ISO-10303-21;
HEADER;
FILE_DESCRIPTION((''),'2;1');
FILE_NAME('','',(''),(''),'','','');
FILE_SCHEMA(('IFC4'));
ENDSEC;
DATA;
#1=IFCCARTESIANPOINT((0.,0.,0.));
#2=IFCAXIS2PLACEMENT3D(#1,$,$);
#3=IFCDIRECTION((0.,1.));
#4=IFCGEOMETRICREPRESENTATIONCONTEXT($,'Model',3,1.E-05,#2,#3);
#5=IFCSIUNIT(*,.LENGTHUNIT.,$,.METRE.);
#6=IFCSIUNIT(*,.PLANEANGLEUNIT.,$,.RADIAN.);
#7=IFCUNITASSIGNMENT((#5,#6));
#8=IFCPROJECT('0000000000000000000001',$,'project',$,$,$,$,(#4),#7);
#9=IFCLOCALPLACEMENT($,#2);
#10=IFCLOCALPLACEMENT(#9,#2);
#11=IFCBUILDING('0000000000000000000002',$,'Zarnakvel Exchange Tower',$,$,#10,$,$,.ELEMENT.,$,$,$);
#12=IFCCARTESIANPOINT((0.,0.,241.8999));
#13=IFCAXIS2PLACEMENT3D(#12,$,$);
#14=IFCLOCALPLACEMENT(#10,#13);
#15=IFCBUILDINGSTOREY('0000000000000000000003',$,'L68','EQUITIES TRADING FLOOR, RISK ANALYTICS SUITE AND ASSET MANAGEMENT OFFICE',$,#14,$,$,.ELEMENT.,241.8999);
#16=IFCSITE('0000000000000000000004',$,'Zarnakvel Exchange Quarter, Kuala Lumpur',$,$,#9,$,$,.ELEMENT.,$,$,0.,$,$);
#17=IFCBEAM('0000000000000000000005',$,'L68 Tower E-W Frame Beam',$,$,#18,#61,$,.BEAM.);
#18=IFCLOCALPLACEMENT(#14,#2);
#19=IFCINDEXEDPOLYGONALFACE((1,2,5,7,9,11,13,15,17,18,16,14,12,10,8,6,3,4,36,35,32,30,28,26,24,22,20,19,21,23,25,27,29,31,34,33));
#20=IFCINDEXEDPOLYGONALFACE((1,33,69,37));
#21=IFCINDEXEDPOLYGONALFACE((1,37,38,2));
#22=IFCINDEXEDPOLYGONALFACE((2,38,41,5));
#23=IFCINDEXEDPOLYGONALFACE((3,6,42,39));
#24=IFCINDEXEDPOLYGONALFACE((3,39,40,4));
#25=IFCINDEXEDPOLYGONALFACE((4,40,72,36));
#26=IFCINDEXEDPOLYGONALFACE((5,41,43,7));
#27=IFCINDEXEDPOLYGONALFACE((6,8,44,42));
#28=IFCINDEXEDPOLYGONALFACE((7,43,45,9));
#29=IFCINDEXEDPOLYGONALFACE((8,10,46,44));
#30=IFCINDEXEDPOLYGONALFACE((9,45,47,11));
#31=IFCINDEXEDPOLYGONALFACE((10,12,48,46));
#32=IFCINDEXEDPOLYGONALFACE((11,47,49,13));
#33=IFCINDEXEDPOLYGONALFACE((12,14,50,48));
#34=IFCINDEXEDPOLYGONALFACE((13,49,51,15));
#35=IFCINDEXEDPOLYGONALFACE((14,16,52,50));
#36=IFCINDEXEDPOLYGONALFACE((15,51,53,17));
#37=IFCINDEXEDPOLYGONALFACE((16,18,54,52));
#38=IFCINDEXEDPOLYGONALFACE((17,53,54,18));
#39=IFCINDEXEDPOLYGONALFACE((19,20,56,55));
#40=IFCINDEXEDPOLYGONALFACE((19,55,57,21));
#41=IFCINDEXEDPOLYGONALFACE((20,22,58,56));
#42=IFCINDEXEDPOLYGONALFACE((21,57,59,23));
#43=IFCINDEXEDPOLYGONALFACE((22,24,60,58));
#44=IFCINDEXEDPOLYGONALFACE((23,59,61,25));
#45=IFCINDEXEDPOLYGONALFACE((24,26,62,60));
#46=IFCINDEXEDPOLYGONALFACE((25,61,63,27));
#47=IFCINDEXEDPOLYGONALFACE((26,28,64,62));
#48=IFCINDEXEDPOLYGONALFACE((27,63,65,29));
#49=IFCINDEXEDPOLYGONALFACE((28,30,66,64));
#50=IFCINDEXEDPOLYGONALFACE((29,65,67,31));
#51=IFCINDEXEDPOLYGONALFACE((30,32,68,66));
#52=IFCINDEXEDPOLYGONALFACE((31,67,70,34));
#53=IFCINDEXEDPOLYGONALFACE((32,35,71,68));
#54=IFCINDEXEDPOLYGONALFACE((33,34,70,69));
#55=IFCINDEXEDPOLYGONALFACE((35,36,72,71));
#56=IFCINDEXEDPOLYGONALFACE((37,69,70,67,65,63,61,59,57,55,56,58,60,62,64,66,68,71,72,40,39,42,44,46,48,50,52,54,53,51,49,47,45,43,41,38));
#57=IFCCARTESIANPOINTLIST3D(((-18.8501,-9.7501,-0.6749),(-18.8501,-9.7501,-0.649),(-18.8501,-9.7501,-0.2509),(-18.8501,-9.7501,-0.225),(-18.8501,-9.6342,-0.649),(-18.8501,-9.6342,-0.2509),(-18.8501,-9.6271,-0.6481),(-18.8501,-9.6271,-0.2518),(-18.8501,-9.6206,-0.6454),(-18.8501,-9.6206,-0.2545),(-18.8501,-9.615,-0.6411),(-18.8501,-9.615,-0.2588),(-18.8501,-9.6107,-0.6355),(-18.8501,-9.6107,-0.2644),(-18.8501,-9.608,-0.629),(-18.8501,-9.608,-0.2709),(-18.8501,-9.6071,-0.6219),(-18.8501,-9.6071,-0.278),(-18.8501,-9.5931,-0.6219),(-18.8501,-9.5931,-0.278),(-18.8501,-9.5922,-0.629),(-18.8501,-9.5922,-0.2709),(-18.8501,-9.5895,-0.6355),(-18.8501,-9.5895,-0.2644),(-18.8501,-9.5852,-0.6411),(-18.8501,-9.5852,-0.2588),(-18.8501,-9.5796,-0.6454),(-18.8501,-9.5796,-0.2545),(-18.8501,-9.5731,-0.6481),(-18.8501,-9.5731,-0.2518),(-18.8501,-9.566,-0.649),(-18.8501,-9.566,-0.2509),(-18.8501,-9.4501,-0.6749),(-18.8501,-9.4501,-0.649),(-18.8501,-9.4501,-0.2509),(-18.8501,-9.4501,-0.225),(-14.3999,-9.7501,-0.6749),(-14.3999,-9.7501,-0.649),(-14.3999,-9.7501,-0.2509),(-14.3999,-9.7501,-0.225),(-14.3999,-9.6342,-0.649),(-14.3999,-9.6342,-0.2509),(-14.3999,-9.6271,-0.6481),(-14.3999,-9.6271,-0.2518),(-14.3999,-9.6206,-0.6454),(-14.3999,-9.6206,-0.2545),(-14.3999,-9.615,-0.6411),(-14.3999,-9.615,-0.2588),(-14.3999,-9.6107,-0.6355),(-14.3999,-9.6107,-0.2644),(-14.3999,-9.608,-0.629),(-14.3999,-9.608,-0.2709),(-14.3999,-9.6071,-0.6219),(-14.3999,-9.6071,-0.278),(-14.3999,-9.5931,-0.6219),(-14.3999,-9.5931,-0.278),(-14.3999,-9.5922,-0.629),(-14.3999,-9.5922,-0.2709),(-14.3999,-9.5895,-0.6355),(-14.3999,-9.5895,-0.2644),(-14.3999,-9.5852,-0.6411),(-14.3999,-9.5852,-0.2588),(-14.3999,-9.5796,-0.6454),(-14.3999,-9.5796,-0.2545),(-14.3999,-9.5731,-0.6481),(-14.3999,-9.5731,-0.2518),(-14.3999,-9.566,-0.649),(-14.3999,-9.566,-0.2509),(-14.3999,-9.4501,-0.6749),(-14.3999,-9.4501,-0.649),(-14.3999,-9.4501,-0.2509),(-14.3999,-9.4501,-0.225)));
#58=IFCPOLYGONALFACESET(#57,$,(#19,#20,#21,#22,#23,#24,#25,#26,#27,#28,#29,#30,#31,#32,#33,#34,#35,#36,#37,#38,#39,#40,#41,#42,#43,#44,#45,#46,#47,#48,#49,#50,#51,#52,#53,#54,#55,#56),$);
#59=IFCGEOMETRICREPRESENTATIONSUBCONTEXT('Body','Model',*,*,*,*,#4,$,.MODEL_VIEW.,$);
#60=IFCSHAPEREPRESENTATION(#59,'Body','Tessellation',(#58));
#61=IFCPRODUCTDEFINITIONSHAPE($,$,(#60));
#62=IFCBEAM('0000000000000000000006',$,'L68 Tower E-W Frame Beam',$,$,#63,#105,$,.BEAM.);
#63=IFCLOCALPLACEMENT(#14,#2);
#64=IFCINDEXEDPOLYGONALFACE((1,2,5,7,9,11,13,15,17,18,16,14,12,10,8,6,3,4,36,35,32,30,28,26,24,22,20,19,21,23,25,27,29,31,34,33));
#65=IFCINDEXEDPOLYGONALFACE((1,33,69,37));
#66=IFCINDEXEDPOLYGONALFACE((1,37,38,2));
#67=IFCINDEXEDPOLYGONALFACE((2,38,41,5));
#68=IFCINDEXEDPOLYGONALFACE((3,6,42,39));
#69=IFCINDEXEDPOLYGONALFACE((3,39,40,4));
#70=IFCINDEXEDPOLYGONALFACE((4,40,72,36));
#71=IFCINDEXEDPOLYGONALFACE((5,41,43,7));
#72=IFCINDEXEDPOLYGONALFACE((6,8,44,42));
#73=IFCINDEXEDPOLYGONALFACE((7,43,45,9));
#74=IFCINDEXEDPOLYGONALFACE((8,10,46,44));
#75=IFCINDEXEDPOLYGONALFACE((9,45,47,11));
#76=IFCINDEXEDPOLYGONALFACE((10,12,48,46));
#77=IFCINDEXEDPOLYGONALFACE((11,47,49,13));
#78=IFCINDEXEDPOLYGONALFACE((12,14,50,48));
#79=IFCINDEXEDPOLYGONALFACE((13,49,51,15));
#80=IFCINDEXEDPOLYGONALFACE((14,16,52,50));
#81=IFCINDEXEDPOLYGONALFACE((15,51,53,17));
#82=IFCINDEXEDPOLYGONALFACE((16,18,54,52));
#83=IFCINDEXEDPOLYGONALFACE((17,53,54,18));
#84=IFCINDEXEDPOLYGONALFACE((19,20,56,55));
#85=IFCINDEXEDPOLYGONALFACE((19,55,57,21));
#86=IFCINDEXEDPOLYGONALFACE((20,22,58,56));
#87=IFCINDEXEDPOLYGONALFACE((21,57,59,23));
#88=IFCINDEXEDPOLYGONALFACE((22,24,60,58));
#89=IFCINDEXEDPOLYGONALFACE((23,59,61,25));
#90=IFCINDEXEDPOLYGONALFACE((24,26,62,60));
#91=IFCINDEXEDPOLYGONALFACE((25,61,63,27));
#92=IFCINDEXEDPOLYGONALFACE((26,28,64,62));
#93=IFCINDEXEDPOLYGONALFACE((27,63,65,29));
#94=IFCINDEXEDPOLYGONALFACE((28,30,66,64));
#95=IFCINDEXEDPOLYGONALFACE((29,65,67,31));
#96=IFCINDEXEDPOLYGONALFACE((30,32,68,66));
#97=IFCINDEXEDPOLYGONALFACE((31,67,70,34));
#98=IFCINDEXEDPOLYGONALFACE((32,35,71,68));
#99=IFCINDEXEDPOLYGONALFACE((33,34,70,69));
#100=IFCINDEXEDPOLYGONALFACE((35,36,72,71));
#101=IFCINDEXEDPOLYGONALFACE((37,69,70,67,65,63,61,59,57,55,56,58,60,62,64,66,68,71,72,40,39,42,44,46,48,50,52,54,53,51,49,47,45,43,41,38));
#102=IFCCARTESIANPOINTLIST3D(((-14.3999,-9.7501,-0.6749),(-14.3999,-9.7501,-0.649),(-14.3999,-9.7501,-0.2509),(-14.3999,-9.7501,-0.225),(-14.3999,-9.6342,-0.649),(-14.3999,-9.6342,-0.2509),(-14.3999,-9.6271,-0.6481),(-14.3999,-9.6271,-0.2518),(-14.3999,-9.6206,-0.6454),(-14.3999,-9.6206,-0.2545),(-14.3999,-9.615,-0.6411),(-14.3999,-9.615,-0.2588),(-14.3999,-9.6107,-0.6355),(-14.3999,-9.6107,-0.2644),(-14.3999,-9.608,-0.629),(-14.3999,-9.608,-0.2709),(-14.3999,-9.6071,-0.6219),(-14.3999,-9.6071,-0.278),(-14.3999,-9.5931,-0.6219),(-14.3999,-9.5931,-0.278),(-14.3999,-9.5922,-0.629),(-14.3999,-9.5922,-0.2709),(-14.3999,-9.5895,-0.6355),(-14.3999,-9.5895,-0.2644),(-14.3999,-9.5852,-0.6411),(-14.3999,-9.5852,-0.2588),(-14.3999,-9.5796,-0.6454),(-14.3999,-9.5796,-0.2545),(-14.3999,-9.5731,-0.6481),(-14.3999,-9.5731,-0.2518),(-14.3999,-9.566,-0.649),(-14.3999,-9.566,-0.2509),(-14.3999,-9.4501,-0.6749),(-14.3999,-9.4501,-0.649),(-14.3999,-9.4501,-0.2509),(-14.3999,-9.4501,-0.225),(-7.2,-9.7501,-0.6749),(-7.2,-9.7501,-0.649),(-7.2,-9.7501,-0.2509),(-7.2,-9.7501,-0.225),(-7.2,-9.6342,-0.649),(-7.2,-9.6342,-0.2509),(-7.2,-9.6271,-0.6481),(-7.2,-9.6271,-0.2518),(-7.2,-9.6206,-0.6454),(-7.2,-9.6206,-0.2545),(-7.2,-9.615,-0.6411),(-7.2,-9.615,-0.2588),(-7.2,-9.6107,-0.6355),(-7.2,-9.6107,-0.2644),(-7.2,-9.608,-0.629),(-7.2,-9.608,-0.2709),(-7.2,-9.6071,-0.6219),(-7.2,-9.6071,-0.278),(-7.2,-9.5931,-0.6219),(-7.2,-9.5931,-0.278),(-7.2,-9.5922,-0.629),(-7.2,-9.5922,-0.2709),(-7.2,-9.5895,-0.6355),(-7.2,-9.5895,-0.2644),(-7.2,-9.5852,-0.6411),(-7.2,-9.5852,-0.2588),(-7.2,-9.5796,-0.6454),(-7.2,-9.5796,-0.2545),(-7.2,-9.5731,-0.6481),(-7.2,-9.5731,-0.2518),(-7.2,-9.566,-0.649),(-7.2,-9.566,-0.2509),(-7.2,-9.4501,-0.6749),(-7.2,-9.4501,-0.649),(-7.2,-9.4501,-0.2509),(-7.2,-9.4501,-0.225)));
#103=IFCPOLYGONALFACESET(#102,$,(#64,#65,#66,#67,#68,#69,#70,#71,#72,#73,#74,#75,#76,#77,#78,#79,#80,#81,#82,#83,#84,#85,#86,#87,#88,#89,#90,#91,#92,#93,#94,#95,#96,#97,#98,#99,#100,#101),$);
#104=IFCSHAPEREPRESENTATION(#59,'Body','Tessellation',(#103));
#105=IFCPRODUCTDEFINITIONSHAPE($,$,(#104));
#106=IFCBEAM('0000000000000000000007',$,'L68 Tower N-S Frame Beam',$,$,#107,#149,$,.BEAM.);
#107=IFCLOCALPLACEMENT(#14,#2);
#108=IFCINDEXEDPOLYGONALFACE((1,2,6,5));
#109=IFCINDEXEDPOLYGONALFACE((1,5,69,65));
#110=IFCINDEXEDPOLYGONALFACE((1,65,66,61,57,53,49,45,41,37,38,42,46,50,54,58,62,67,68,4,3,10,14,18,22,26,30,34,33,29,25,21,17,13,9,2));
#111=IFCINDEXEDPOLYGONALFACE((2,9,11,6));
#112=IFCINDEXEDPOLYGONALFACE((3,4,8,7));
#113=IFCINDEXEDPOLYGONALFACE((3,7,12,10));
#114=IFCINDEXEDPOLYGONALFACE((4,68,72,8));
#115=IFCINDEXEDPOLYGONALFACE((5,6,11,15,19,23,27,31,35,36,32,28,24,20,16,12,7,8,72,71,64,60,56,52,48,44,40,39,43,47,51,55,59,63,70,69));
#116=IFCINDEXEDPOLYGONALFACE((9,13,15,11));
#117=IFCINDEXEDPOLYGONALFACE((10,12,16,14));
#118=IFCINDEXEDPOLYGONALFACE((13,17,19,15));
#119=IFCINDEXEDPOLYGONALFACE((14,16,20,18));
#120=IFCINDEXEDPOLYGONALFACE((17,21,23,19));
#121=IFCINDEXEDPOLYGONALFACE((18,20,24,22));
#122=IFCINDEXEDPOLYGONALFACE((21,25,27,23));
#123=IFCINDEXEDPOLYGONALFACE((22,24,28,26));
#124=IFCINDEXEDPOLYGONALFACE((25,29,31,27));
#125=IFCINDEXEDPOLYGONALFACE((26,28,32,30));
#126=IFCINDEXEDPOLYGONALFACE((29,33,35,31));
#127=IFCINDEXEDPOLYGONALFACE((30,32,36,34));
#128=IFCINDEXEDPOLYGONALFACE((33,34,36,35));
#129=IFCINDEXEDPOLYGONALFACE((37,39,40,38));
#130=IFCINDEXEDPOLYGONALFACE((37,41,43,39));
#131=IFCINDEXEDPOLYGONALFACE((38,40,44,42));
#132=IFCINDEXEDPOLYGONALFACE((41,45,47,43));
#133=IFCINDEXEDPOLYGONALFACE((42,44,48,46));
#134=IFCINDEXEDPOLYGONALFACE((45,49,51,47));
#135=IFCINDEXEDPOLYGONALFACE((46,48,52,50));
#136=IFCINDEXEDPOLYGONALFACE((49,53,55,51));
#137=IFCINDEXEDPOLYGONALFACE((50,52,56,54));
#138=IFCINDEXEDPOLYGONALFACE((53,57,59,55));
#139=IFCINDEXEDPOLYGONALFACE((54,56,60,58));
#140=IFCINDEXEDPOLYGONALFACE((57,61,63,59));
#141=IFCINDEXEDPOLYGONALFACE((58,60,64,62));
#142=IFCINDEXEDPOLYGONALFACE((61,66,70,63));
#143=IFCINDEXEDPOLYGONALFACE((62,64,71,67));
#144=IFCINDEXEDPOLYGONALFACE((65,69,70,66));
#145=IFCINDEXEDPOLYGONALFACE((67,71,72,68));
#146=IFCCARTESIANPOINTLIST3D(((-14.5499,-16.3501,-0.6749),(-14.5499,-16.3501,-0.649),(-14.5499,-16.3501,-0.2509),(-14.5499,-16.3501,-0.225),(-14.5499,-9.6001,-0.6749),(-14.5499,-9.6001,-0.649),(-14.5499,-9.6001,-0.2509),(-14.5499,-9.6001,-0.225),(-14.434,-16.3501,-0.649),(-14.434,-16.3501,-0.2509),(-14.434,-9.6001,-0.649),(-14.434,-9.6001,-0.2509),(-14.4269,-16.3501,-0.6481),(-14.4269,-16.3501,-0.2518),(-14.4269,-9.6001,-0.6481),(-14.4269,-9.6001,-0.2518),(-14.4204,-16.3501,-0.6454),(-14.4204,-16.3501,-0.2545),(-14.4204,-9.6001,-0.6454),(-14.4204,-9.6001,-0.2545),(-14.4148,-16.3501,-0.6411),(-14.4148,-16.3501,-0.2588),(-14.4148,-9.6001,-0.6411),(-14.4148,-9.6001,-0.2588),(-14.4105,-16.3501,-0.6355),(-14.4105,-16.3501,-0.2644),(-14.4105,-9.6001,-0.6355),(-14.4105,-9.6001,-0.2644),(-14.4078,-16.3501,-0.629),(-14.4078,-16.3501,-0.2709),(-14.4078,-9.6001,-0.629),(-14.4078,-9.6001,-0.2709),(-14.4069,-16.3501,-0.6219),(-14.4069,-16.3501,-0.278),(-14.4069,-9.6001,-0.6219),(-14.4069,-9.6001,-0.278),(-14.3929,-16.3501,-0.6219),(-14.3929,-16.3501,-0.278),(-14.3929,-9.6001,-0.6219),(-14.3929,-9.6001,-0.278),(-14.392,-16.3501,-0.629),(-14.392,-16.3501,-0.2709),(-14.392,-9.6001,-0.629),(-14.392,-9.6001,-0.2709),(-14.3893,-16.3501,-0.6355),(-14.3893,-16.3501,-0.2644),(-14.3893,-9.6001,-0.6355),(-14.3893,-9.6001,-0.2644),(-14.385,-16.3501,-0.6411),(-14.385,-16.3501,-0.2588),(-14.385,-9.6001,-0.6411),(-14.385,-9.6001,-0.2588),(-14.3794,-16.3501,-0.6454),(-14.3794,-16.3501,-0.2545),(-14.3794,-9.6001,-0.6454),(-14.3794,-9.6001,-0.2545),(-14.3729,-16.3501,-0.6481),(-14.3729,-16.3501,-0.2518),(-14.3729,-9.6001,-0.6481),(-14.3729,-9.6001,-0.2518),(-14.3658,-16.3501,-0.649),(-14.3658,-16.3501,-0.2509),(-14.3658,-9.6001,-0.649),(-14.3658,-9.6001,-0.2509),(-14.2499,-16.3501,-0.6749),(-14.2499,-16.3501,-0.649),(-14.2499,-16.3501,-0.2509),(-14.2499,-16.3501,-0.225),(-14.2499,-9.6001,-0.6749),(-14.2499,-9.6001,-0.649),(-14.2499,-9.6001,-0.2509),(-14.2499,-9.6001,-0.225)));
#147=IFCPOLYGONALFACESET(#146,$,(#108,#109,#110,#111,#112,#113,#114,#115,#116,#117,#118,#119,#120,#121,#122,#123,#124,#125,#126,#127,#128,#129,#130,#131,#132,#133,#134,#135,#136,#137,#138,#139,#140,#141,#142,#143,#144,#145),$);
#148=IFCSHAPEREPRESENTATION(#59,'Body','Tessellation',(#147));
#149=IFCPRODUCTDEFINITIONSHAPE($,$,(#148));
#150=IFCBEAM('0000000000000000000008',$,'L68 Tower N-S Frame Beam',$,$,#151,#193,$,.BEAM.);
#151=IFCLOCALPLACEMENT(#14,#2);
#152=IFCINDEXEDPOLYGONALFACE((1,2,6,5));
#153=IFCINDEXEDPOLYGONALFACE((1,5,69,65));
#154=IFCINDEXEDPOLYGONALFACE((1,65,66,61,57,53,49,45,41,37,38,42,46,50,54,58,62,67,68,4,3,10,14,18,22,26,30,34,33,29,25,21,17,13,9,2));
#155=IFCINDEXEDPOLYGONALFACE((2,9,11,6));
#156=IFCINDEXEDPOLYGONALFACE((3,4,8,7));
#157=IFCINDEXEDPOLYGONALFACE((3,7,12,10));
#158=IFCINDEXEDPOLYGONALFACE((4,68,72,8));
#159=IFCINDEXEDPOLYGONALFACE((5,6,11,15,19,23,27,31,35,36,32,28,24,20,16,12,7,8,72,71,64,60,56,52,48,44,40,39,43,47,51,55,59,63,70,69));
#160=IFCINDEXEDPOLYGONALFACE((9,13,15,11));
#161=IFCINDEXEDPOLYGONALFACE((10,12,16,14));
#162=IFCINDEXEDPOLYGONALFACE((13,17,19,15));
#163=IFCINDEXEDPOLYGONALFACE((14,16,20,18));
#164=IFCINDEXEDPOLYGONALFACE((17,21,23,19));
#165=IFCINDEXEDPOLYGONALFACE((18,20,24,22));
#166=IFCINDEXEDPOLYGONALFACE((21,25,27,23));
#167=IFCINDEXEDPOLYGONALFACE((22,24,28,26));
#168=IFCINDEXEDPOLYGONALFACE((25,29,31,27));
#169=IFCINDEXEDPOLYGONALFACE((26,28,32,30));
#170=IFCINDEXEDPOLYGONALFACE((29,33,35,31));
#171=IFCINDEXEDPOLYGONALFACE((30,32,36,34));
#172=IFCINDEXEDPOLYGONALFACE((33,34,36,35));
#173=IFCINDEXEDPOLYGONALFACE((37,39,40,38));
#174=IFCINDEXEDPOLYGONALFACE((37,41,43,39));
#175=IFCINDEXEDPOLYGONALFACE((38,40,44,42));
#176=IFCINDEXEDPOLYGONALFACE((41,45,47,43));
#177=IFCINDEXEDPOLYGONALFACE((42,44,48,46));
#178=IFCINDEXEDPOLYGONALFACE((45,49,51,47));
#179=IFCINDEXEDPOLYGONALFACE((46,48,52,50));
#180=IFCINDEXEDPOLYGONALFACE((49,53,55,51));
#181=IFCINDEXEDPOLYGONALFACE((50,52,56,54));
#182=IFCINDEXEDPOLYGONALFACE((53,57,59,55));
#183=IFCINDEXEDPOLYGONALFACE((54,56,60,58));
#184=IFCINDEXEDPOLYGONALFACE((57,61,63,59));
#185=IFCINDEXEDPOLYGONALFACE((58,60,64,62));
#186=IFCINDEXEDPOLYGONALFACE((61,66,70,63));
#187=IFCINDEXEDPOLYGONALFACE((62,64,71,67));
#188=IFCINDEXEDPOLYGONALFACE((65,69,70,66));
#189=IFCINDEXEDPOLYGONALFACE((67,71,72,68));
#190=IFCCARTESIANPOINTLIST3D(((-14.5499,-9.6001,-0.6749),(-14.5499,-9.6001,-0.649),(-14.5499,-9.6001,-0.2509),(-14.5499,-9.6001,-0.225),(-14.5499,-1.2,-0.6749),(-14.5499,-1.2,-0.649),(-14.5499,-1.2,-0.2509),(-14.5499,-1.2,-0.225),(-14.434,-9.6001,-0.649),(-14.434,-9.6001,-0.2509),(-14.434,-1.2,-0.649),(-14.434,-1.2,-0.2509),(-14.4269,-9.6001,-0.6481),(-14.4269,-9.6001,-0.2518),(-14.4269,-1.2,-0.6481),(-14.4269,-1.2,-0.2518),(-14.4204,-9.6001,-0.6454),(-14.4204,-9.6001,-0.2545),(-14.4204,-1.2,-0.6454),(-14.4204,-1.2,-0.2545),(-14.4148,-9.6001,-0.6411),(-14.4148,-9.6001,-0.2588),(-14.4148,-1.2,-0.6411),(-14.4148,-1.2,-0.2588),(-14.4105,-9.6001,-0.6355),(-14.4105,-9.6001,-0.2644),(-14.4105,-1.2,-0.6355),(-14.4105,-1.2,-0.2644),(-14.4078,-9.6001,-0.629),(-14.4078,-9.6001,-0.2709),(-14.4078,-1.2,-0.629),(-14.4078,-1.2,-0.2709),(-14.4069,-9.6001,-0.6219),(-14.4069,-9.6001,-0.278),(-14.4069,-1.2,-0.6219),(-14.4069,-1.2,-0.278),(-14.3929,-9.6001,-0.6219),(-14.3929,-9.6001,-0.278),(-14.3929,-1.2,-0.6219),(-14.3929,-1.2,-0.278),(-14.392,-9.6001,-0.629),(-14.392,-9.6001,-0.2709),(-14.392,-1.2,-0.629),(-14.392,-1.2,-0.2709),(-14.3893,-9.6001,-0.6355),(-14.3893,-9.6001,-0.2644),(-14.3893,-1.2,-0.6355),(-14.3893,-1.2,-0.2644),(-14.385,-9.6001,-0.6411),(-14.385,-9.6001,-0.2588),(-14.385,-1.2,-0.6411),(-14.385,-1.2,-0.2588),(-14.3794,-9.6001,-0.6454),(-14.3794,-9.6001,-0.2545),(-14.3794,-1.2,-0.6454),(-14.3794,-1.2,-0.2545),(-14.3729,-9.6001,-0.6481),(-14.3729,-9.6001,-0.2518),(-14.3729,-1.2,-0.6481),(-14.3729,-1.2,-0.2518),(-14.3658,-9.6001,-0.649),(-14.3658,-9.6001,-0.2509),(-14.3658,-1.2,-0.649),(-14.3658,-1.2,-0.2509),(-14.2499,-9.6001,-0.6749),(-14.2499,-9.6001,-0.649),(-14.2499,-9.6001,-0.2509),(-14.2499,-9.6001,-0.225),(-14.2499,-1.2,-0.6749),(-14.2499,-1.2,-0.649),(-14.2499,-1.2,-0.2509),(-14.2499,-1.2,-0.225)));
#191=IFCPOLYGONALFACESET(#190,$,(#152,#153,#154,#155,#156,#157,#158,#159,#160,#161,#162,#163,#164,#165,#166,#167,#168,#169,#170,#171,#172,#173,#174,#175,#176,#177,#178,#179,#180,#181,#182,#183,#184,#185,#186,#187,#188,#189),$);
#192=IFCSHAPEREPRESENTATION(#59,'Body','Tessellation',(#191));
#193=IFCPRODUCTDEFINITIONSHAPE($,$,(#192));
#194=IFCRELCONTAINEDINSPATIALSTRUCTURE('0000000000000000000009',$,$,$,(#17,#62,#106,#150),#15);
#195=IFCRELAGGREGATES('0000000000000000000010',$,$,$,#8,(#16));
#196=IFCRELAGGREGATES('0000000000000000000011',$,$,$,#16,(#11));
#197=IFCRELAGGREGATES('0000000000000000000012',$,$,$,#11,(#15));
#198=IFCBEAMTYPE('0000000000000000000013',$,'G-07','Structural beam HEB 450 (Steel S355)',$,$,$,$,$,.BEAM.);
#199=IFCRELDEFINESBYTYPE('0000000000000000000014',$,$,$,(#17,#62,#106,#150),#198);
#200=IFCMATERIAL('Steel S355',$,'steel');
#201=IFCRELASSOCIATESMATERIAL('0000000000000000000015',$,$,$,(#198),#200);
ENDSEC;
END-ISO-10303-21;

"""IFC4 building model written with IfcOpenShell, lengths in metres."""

from ifc_helpers import new_model, si_unit, direction, frame, origin, origin_2d, place, context, subcontext, project, spatial, i_section, extrude, material, material_profile, profile_set, type_object, element, save


model = new_model("IFC4")

# Units and contexts
model_context = context("Model", 3, precision=1e-05, world=origin(), true_north=direction((0.0, 1.0)))
body_context = subcontext(model_context, "Body", "Model", "MODEL_VIEW")
ifc_project = project(units=[si_unit("LENGTHUNIT", "METRE"), si_unit("PLANEANGLEUNIT", "RADIAN")], contexts=[model_context])

# Site, building, storey
site_placement = place(None, origin())
site = spatial("IfcSite", under=ifc_project, at=site_placement, Name="Zarnakvel Exchange Quarter, Kuala Lumpur", CompositionType="ELEMENT", RefElevation=0.0)
building_placement = place(site_placement, origin())
building = spatial("IfcBuilding", under=site, at=building_placement, Name="Zarnakvel Exchange Tower", CompositionType="ELEMENT")
storey_placement = place(building_placement, frame((0.0, 0.0, 241.8999)))
storey = spatial("IfcBuildingStorey", under=building, at=storey_placement, Name="L68", Description="EQUITIES TRADING FLOOR, RISK ANALYTICS SUITE AND ASSET MANAGEMENT OFFICE", CompositionType="ELEMENT", Elevation=241.8999)

# Shared definitions
ifc_material_1 = material(Name="Steel S355", Category="steel")

# Beams
ifc_material_profile_1 = material_profile(ifc_material_1, i_section(OverallWidth=0.3, OverallDepth=0.45, WebThickness=0.0139, FlangeThickness=0.0259, FilletRadius=0.0271, at=origin_2d()))
ifc_profile_set_1 = profile_set([ifc_material_profile_1], Name="Steel S355")
beam_type_1 = type_object("IfcBeamType", Name="G-07", Description="Structural beam HEB 450 (Steel S355)", PredefinedType="BEAM", material=ifc_profile_set_1)
beam_1_placement = place(storey_placement, frame((-18.8501, -9.6001, -0.45), z_axis=(1.0, 0.0, 0.0), x_axis=(0.0, 1.0, 0.0)))
element("IfcBeam", 1, at=beam_1_placement, inside=storey, type_object=beam_type_1, Name="L68 Tower E-W Frame Beam", PredefinedType="BEAM", context=body_context, shape_type="SweptSolid", body=[
    extrude(i_section(OverallWidth=0.3, OverallDepth=0.45, WebThickness=0.0139, FlangeThickness=0.0259, FilletRadius=0.0271, at=origin_2d()), origin(), (0.0, 0.0, 1.0), 4.4502),
])
beam_2_placement = place(storey_placement, frame((-14.3999, -9.6001, -0.45), z_axis=(1.0, 0.0, 0.0), x_axis=(0.0, 1.0, 0.0)))
element("IfcBeam", 2, at=beam_2_placement, inside=storey, type_object=beam_type_1, Name="L68 Tower E-W Frame Beam", PredefinedType="BEAM", context=body_context, shape_type="SweptSolid", body=[
    extrude(i_section(OverallWidth=0.3, OverallDepth=0.45, WebThickness=0.0139, FlangeThickness=0.0259, FilletRadius=0.0271, at=origin_2d()), origin(), (0.0, 0.0, 1.0), 7.2),
])
beam_3_placement = place(storey_placement, frame((-14.3999, -16.3501, -0.45), z_axis=(0.0, 1.0, 0.0), x_axis=(-1.0, 0.0, 0.0)))
element("IfcBeam", 3, at=beam_3_placement, inside=storey, type_object=beam_type_1, Name="L68 Tower N-S Frame Beam", PredefinedType="BEAM", context=body_context, shape_type="SweptSolid", body=[
    extrude(i_section(OverallWidth=0.3, OverallDepth=0.45, WebThickness=0.0139, FlangeThickness=0.0259, FilletRadius=0.0271, at=origin_2d()), origin(), (0.0, 0.0, 1.0), 6.75),
])
beam_4_placement = place(storey_placement, frame((-14.3999, -9.6001, -0.45), z_axis=(0.0, 1.0, 0.0), x_axis=(-1.0, 0.0, 0.0)))
element("IfcBeam", 4, at=beam_4_placement, inside=storey, type_object=beam_type_1, Name="L68 Tower N-S Frame Beam", PredefinedType="BEAM", context=body_context, shape_type="SweptSolid", body=[
    extrude(i_section(OverallWidth=0.3, OverallDepth=0.45, WebThickness=0.0139, FlangeThickness=0.0259, FilletRadius=0.0271, at=origin_2d()), origin(), (0.0, 0.0, 1.0), 8.4001),
])

save(model, "model.ifc")
